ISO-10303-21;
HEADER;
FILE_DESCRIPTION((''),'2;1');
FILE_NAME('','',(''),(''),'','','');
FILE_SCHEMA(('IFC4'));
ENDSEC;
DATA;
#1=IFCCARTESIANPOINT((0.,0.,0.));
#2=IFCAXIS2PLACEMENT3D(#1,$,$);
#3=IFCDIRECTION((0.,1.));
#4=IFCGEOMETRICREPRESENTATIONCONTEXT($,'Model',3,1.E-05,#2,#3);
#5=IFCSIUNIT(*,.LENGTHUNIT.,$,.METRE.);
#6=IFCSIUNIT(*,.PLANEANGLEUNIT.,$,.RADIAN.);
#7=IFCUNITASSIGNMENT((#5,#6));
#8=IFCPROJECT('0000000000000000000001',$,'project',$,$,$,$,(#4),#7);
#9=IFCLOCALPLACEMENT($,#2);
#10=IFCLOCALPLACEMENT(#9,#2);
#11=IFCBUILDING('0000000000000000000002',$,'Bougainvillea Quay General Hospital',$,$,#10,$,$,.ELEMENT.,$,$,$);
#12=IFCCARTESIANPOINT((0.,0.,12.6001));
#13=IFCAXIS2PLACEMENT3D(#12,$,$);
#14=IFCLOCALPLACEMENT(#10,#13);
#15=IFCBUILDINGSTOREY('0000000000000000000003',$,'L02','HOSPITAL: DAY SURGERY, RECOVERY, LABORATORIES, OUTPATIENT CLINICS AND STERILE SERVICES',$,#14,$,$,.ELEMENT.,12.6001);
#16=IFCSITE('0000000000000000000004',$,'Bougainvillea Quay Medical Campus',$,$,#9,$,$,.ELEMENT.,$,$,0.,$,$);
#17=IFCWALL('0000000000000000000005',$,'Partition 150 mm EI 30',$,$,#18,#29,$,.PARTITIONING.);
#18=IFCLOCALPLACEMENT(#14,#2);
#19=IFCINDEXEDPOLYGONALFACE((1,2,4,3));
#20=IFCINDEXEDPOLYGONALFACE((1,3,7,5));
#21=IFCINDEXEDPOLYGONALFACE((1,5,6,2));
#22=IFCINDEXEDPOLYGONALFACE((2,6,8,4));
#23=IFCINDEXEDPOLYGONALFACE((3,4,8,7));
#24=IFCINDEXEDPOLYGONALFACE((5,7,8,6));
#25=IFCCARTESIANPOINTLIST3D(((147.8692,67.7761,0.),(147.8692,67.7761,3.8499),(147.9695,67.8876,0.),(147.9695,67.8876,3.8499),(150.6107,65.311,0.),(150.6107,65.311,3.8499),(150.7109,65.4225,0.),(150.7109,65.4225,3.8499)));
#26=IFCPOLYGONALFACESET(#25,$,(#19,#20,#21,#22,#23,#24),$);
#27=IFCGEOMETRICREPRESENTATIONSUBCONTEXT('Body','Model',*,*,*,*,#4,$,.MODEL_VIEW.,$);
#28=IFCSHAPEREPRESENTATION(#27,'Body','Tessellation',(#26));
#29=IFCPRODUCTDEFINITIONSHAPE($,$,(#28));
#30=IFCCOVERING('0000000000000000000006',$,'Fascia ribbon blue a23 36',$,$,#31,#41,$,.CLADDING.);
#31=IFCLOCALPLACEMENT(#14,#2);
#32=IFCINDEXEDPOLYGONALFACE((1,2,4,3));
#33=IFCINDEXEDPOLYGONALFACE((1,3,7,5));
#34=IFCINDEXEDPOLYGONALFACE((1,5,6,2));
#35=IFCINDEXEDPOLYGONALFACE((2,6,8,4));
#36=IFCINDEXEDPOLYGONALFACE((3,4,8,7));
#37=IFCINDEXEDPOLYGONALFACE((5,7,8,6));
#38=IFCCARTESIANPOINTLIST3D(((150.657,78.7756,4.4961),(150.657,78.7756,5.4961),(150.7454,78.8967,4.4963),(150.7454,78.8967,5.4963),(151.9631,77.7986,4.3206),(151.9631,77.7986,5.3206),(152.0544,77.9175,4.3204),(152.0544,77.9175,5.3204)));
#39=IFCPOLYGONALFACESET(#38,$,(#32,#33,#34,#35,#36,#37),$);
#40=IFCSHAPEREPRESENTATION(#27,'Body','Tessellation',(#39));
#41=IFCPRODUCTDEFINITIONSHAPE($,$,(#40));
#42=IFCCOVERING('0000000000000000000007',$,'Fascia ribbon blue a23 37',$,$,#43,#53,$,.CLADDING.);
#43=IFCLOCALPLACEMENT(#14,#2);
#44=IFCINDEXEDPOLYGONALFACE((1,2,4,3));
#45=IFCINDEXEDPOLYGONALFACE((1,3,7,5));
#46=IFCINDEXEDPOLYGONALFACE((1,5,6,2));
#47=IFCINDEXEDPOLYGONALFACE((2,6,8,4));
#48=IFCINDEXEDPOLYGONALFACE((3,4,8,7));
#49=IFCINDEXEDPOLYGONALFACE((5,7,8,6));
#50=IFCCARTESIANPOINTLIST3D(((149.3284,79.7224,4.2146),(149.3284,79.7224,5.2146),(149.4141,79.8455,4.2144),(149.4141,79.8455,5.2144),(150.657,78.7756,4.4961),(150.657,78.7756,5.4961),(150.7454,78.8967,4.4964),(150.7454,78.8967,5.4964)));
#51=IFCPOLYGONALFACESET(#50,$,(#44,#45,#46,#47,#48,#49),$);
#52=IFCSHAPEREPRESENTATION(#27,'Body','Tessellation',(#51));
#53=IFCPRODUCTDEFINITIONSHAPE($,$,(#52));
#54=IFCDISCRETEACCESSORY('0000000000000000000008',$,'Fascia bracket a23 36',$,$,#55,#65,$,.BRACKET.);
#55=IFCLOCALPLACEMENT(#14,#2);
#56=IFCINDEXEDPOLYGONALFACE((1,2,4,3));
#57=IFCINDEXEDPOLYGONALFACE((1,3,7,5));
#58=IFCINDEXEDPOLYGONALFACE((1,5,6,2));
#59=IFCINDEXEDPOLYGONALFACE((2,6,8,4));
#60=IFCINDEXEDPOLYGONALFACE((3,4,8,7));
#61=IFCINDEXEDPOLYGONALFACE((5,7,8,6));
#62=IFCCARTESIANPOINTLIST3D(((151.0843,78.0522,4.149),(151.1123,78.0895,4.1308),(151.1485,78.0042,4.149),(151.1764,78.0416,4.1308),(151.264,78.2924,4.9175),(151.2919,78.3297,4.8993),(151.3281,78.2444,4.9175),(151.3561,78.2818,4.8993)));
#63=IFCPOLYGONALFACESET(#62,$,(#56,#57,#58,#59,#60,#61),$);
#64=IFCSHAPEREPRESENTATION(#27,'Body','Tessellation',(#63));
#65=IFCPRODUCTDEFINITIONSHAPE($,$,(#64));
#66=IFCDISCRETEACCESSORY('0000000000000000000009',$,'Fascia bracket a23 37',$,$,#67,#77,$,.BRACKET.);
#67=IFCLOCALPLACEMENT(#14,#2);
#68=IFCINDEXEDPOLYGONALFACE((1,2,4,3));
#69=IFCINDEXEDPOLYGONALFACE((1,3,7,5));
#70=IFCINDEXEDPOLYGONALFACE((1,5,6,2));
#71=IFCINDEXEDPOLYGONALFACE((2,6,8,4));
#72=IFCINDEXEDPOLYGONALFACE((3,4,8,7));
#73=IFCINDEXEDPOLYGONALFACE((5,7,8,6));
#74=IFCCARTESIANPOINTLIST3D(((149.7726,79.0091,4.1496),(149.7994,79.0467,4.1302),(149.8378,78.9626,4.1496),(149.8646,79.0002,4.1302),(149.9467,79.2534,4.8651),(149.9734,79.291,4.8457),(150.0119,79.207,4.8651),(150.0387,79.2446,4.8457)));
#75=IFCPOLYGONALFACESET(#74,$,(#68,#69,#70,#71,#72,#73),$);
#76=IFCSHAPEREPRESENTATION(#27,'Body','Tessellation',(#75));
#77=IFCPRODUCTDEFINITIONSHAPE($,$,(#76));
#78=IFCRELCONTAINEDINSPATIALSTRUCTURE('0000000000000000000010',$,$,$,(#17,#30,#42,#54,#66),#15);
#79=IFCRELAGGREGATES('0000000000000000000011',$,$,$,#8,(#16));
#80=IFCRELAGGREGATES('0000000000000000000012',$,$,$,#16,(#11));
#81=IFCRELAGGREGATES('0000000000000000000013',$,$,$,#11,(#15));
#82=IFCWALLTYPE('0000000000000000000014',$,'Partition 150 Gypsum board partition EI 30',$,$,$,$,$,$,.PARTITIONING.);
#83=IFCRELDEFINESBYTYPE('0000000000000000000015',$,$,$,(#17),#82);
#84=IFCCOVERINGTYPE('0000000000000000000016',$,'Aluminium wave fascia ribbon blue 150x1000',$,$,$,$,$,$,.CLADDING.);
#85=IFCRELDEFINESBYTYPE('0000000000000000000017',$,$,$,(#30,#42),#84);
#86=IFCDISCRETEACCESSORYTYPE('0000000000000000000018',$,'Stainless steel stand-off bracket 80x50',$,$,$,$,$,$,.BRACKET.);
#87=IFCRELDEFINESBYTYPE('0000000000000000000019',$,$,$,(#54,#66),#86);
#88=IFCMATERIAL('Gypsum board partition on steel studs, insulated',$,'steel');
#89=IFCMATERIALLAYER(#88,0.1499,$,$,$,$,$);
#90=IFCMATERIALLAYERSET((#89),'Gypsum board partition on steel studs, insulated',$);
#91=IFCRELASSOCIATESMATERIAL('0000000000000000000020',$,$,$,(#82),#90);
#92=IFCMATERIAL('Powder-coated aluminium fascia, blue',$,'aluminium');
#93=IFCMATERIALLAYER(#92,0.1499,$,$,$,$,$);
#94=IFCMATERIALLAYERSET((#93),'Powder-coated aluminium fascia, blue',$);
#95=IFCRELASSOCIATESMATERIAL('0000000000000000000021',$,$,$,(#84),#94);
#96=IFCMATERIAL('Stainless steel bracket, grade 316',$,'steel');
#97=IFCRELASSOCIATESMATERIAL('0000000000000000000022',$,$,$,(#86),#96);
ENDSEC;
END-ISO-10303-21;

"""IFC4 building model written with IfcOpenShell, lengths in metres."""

from ifc_helpers import new_model, si_unit, direction, frame, frame_2d, origin, origin_2d, place, context, subcontext, project, spatial, polyline, rectangle, outline, extrude, material, layer, layer_set, material_profile, profile_set, type_object, element, save


model = new_model("IFC4")

# Units and contexts
model_context = context("Model", 3, precision=1e-05, world=origin(), true_north=direction((0.0, 1.0)))
body_context = subcontext(model_context, "Body", "Model", "MODEL_VIEW")
ifc_project = project(units=[si_unit("LENGTHUNIT", "METRE"), si_unit("PLANEANGLEUNIT", "RADIAN")], contexts=[model_context])

# Site, building, storey
site_placement = place(None, origin())
site = spatial("IfcSite", under=ifc_project, at=site_placement, Name="Bougainvillea Quay Medical Campus", CompositionType="ELEMENT", RefElevation=0.0)
building_placement = place(site_placement, origin())
building = spatial("IfcBuilding", under=site, at=building_placement, Name="Bougainvillea Quay General Hospital", CompositionType="ELEMENT")
storey_placement = place(building_placement, frame((0.0, 0.0, 12.6001)))
storey = spatial("IfcBuildingStorey", under=building, at=storey_placement, Name="L02", Description="HOSPITAL: DAY SURGERY, RECOVERY, LABORATORIES, OUTPATIENT CLINICS AND STERILE SERVICES", CompositionType="ELEMENT", Elevation=12.6001)

# Shared definitions
ifc_material_1 = material(Name="Gypsum board partition on steel studs, insulated", Category="steel")
ifc_layer_1 = layer(ifc_material_1, 0.1499)
ifc_layer_set_1 = layer_set([ifc_layer_1], Name="Gypsum board partition on steel studs, insulated")
wall_type_1 = type_object("IfcWallType", Name="Partition 150 Gypsum board partition EI 30", PredefinedType="PARTITIONING", material=ifc_layer_set_1)

# Wall
wall_1_placement = place(storey_placement, frame((147.9194, 67.8318, 0.0), z_axis=(0.0, 0.0, 1.0), x_axis=(0.743594, -0.668632, 0.0)))
element("IfcWall", 1, at=wall_1_placement, inside=storey, type_object=wall_type_1, Name="Partition 150 mm EI 30", PredefinedType="PARTITIONING", context=body_context, shape_type="SweptSolid", body=[
    extrude(rectangle(XDim=3.6868, YDim=0.1499, at=frame_2d((1.8433, 0.0))), origin(), (0.0, 0.0, 1.0), 3.8499),
])

# Coverings
ifc_material_2 = material(Name="Powder-coated aluminium fascia, blue", Category="aluminium")
ifc_layer_2 = layer(ifc_material_2, 0.1499)
ifc_layer_set_2 = layer_set([ifc_layer_2], Name="Powder-coated aluminium fascia, blue")
covering_type = type_object("IfcCoveringType", Name="Aluminium wave fascia ribbon blue 150x1000", PredefinedType="CLADDING", material=ifc_layer_set_2)
covering_1_placement = place(storey_placement, frame((151.9631, 77.7986, 4.3206), z_axis=(0.085673, -0.064146, 0.994256), x_axis=(-0.796154, 0.595553, 0.107026)))
element("IfcCovering", 2, at=covering_1_placement, inside=storey, type_object=covering_type, Name="Fascia ribbon blue a23 36", PredefinedType="CLADDING", context=body_context, shape_type="SweptSolid", body=[
    extrude(outline(polyline([(0.0, 0.0), (1.6406, 0.0), (1.6424, -0.1499), (-0.0019, -0.1499), (0.0, 0.0)])), origin(), (0.107026, -0.000047, 0.994256), 1.0),
])
covering_2_placement = place(storey_placement, frame((150.657, 78.7756, 4.4961), z_axis=(-0.138424, 0.098696, 0.985443), x_axis=(-0.802525, 0.571884, -0.170006)))
element("IfcCovering", 3, at=covering_2_placement, inside=storey, type_object=covering_type, Name="Fascia ribbon blue a23 37", PredefinedType="CLADDING", context=body_context, shape_type="SweptSolid", body=[
    extrude(outline(polyline([(0.0, 0.0), (1.6555, 0.0), (1.6572, -0.1499), (-0.0018, -0.1499), (0.0, 0.0)])), origin(), (-0.170006, 0.000044, 0.985443), 1.0),
])

# Discrete accessories
ifc_material_3 = material(Name="Stainless steel bracket, grade 316", Category="steel")
ifc_material_profile_1 = material_profile(ifc_material_3, rectangle(XDim=0.0801, YDim=0.05, at=origin_2d()))
ifc_profile_set_1 = profile_set([ifc_material_profile_1], Name="Stainless steel bracket, grade 316")
discrete_accessory_type = type_object("IfcDiscreteAccessoryType", Name="Stainless steel stand-off bracket 80x50", PredefinedType="BRACKET", material=ifc_profile_set_1)
discrete_accessory_1_placement = place(storey_placement, frame((151.1304, 78.0469, 4.1399), z_axis=(0.217795, 0.291182, 0.931546), x_axis=(-0.800781, 0.598958, 0.0)))
element("IfcDiscreteAccessory", 4, at=discrete_accessory_1_placement, inside=storey, type_object=discrete_accessory_type, Name="Fascia bracket a23 36", PredefinedType="BRACKET", context=body_context, shape_type="SweptSolid", body=[
    extrude(rectangle(XDim=0.0801, YDim=0.05, at=origin_2d()), origin(), (0.0, 0.0, 1.0), 0.825),
])
discrete_accessory_2_placement = place(storey_placement, frame((149.8186, 79.0046, 4.1399), z_axis=(0.224339, 0.314955, 0.922212), x_axis=(-0.814502, 0.58016, 0.0)))
element("IfcDiscreteAccessory", 5, at=discrete_accessory_2_placement, inside=storey, type_object=discrete_accessory_type, Name="Fascia bracket a23 37", PredefinedType="BRACKET", context=body_context, shape_type="SweptSolid", body=[
    extrude(rectangle(XDim=0.0801, YDim=0.05, at=origin_2d()), origin(), (0.0, 0.0, 1.0), 0.7759),
])

save(model, "model.ifc")
